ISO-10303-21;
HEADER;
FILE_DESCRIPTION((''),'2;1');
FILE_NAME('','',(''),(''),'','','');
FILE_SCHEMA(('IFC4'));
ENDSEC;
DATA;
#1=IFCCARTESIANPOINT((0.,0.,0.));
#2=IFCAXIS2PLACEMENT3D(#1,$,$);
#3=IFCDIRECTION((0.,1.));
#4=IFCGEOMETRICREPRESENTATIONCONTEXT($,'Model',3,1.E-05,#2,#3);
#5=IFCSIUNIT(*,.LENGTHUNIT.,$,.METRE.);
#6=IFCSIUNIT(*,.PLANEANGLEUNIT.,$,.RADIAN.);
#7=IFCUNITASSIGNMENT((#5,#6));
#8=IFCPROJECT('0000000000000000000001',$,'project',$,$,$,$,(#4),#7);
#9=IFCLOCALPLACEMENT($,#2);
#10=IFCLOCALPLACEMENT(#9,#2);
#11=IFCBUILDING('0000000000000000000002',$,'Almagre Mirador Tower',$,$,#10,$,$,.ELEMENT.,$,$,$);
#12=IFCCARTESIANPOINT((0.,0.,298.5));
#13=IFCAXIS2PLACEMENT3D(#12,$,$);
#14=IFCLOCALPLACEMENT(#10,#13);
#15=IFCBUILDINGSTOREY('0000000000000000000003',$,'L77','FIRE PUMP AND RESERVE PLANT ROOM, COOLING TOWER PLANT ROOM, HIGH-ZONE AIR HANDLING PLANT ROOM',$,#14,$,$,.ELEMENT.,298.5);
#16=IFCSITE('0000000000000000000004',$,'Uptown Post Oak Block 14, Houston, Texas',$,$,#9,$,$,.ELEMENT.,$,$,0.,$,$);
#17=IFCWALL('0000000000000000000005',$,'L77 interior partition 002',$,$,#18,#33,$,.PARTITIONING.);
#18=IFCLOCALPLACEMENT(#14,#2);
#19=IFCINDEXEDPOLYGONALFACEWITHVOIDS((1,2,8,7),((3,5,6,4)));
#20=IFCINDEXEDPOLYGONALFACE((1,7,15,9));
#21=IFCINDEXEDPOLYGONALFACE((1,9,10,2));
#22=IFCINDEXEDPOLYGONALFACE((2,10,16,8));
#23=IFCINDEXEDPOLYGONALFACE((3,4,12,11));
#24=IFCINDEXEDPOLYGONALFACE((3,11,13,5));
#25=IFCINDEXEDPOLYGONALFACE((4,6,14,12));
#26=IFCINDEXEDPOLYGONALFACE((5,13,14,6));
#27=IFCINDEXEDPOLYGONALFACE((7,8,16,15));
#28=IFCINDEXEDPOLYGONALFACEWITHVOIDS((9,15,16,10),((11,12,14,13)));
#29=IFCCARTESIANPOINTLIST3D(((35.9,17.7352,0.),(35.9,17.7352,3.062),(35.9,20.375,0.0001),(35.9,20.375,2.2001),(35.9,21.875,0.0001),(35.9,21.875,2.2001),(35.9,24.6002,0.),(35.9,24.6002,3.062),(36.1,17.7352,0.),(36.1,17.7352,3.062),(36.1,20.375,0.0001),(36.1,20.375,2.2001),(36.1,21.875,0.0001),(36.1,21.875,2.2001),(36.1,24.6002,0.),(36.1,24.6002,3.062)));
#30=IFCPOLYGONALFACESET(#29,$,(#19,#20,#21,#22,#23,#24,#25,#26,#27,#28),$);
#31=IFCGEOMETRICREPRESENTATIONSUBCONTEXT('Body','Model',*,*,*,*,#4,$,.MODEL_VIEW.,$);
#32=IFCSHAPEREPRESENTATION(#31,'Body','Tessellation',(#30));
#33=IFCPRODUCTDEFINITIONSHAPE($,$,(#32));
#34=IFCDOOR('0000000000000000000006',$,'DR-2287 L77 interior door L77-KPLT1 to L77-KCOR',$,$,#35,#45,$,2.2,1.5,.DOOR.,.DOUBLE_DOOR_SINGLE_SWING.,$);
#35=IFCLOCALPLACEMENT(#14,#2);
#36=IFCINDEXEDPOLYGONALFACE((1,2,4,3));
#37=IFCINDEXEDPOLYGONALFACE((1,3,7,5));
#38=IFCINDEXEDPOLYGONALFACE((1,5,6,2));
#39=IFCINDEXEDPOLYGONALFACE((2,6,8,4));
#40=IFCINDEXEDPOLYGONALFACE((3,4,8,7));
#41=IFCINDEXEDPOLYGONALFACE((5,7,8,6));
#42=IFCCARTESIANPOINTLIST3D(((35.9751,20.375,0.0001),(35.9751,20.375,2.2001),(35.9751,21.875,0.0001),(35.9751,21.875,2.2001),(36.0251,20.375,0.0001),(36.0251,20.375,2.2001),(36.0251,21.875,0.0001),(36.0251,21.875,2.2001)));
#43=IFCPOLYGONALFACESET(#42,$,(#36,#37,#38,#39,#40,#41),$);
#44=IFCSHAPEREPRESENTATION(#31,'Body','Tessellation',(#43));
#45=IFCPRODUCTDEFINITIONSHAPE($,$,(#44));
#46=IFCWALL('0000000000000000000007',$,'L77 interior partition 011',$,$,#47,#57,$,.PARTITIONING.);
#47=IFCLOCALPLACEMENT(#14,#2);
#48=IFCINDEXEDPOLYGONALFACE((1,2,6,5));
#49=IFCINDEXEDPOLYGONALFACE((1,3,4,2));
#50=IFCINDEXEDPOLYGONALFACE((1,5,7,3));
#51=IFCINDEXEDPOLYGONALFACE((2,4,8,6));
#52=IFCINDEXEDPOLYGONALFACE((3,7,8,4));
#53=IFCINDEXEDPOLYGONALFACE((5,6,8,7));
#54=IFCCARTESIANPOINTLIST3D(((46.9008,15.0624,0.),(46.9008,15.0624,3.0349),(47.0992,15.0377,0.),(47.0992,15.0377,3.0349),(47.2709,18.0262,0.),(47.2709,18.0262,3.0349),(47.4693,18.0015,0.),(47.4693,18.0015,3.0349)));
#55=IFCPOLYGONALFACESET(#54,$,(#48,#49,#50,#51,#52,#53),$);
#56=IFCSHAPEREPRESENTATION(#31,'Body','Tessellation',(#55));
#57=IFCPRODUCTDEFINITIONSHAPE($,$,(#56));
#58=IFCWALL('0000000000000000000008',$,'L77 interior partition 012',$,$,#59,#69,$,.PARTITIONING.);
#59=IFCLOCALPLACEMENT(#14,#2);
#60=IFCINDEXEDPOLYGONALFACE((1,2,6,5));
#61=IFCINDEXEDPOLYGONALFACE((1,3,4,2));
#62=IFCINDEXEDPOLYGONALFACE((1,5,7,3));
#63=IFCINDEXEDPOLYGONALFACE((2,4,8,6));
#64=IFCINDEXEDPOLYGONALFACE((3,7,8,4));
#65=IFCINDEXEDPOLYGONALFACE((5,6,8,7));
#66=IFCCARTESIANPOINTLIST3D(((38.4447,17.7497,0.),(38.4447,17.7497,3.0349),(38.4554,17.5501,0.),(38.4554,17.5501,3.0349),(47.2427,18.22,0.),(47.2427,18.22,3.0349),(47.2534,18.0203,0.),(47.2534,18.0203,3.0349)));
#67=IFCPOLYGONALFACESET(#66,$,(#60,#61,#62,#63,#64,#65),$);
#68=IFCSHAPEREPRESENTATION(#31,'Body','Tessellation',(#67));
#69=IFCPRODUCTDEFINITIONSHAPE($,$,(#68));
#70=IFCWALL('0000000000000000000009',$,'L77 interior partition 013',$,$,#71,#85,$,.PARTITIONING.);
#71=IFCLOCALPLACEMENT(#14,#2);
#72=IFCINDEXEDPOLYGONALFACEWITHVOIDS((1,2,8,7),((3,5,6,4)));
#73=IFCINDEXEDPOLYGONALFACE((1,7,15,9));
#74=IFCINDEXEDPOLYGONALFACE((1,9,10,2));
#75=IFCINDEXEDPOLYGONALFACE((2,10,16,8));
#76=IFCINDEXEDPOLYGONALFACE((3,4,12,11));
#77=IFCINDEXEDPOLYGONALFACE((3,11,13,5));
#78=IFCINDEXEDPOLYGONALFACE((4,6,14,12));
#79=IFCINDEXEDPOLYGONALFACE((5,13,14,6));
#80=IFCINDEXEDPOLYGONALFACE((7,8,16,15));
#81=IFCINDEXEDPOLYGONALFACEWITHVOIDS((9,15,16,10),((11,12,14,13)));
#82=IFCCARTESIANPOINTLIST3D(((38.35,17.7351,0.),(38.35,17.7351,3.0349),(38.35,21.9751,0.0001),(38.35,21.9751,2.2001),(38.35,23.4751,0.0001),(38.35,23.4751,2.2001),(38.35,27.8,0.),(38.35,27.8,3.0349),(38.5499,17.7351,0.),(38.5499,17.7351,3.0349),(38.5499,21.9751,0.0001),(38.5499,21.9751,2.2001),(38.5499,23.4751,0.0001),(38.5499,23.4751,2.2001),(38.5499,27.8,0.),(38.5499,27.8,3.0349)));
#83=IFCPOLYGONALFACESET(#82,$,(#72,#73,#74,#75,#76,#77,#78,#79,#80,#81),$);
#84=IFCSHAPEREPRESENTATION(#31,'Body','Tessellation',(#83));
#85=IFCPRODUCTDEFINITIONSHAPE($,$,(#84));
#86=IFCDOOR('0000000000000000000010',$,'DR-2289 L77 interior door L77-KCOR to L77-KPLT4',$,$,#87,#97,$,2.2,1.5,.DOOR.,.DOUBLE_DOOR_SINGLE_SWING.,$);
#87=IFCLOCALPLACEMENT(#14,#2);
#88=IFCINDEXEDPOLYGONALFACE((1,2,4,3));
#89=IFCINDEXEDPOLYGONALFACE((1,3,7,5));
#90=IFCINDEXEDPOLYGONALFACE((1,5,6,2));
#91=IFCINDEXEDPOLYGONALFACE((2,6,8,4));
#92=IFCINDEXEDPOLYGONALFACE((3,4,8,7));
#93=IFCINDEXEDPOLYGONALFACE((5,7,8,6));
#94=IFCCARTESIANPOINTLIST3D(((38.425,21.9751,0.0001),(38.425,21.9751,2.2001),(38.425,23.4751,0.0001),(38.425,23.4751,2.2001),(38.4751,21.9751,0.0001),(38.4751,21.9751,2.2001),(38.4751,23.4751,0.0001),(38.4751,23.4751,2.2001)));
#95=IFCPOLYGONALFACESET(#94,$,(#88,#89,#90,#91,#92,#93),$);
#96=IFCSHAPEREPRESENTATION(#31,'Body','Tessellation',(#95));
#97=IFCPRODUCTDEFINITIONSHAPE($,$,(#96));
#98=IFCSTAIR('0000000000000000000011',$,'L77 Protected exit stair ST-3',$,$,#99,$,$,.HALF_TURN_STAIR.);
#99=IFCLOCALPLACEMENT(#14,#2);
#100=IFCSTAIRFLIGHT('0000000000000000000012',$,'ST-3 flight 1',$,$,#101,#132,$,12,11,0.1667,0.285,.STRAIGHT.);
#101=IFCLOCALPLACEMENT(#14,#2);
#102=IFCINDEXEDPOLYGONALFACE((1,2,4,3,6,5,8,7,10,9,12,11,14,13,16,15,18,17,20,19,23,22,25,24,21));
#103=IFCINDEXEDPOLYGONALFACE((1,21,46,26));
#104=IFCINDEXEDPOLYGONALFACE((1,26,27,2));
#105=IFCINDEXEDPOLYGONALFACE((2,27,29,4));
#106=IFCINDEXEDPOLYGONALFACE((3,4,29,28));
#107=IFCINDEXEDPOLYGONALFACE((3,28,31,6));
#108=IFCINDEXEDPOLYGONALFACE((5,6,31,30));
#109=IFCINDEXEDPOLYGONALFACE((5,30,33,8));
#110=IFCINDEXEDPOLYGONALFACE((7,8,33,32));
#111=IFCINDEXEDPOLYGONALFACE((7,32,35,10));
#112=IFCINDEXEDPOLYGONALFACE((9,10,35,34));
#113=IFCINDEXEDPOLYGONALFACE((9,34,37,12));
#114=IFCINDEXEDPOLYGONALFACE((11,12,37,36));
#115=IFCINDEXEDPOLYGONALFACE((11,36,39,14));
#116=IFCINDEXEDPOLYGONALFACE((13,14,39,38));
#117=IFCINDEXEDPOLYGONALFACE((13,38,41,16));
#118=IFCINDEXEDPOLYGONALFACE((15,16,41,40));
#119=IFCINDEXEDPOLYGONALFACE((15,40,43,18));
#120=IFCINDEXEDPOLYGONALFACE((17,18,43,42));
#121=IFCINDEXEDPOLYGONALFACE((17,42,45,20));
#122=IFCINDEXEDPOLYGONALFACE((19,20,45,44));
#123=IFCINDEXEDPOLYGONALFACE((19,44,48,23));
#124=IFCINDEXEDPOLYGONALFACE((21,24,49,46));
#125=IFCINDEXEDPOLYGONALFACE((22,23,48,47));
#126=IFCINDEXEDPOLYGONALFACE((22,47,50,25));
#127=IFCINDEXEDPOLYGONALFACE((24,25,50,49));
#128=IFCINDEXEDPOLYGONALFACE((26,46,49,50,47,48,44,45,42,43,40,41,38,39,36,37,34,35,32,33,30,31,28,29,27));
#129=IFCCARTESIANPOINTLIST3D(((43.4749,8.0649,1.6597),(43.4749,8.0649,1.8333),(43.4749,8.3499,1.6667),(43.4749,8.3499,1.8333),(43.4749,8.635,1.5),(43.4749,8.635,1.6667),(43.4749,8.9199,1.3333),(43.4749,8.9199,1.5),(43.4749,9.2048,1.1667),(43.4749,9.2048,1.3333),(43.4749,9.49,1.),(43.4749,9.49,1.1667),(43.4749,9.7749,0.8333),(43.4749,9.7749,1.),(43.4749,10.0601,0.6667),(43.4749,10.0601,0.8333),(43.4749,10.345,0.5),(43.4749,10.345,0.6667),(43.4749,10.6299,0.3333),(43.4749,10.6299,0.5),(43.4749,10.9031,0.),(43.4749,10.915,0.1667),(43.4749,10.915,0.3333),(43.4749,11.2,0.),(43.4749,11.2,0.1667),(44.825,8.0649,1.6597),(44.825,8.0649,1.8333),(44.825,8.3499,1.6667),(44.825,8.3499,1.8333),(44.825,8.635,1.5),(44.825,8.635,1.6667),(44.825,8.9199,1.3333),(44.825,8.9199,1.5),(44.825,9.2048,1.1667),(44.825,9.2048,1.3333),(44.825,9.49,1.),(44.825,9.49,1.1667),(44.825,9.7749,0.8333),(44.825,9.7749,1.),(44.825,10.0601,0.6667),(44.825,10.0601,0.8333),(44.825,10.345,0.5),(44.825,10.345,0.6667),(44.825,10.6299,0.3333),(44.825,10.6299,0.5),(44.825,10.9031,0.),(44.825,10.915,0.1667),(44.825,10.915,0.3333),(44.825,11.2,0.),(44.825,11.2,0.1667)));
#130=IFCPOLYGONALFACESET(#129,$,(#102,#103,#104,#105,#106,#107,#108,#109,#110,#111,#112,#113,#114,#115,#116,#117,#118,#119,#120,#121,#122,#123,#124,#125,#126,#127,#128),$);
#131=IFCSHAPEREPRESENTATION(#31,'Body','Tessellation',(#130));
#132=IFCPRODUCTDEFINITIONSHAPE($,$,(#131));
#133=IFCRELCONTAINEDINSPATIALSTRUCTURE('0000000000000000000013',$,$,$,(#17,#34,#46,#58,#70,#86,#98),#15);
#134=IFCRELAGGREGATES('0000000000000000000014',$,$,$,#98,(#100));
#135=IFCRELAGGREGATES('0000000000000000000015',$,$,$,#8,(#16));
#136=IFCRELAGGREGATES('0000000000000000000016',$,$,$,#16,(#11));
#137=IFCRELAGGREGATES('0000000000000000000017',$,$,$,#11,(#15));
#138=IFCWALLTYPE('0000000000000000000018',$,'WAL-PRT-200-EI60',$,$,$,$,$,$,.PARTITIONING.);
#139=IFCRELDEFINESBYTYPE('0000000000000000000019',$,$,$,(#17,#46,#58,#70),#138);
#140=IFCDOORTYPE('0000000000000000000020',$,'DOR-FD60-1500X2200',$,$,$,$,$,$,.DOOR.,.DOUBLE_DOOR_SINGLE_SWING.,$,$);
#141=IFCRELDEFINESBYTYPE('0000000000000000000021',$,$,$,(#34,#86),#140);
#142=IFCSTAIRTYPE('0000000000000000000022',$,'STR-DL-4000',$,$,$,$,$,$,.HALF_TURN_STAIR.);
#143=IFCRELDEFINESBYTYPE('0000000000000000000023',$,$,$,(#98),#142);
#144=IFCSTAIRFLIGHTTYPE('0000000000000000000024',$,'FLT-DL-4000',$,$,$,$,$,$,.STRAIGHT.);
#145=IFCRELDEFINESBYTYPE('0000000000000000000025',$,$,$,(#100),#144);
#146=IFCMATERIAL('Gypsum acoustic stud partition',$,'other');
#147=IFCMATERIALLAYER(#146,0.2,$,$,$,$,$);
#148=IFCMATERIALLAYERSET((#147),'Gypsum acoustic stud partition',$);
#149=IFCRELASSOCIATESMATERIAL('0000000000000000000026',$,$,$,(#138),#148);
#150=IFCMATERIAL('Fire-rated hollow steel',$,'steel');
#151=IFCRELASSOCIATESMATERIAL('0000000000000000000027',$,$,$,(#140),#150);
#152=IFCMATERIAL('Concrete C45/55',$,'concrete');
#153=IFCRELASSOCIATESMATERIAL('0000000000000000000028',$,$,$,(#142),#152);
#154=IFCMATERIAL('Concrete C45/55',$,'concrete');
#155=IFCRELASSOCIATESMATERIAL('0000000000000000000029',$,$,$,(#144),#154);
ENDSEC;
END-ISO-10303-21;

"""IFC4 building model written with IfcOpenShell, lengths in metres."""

from ifc_helpers import new_model, si_unit, direction, frame, frame_2d, origin, place, context, subcontext, project, spatial, polyline, rectangle, outline, extrude, material, layer, layer_set, type_object, element, fill, aggregate, save


model = new_model("IFC4")

# Units and contexts
model_context = context("Model", 3, precision=1e-05, world=origin(), true_north=direction((0.0, 1.0)))
body_context = subcontext(model_context, "Body", "Model", "MODEL_VIEW")
ifc_project = project(units=[si_unit("LENGTHUNIT", "METRE"), si_unit("PLANEANGLEUNIT", "RADIAN")], contexts=[model_context])

# Site, building, storey
site_placement = place(None, origin())
site = spatial("IfcSite", under=ifc_project, at=site_placement, Name="Uptown Post Oak Block 14, Houston, Texas", CompositionType="ELEMENT", RefElevation=0.0)
building_placement = place(site_placement, origin())
building = spatial("IfcBuilding", under=site, at=building_placement, Name="Almagre Mirador Tower", CompositionType="ELEMENT")
storey_placement = place(building_placement, frame((0.0, 0.0, 298.5)))
storey = spatial("IfcBuildingStorey", under=building, at=storey_placement, Name="L77", Description="FIRE PUMP AND RESERVE PLANT ROOM, COOLING TOWER PLANT ROOM, HIGH-ZONE AIR HANDLING PLANT ROOM", CompositionType="ELEMENT", Elevation=298.5)

# Wall, opening, door
ifc_material_1 = material(Name="Gypsum acoustic stud partition", Category="other")
ifc_layer_1 = layer(ifc_material_1, 0.2)
ifc_layer_set_1 = layer_set([ifc_layer_1], Name="Gypsum acoustic stud partition")
wall_type_1 = type_object("IfcWallType", Name="WAL-PRT-200-EI60", PredefinedType="PARTITIONING", material=ifc_layer_set_1)
wall_1_placement = place(storey_placement, frame((36.0, 17.7351, 0.0), z_axis=(0.0, 0.0, 1.0), x_axis=(0.0, 1.0, 0.0)))
wall_1 = element("IfcWall", 1, at=wall_1_placement, inside=storey, type_object=wall_type_1, Name="L77 interior partition 002", PredefinedType="PARTITIONING", context=body_context, shape_type="SweptSolid", body=[
    extrude(rectangle(XDim=6.865, YDim=0.2, at=frame_2d((3.4326, 0.0))), origin(), (0.0, 0.0, 1.0), 3.062),
])
opening_1_placement = place(wall_1_placement, frame((2.6399, 0.0, 0.0)))
opening_1 = element("IfcOpeningElement", 2, at=opening_1_placement, cuts=wall_1, PredefinedType="OPENING", context=body_context, shape_type="SweptSolid", body=[
    extrude(rectangle(XDim=1.5, YDim=2.2, at=frame_2d((0.75, 1.1001))), frame((0.0, 0.1101, 0.0), z_axis=(0.0, -1.0, 0.0), x_axis=(1.0, 0.0, 0.0)), (0.0, 0.0, 1.0), 0.22),
])
ifc_material_2 = material(Name="Fire-rated hollow steel", Category="steel")
door_type = type_object("IfcDoorType", Name="DOR-FD60-1500X2200", OperationType="DOUBLE_DOOR_SINGLE_SWING", PredefinedType="DOOR", material=ifc_material_2)
door_1_placement = place(opening_1_placement, origin())
door_1 = element("IfcDoor", 3, at=door_1_placement, inside=storey, type_object=door_type, Name="DR-2287 L77 interior door L77-KPLT1 to L77-KCOR", OperationType="DOUBLE_DOOR_SINGLE_SWING", OverallHeight=2.2, OverallWidth=1.5, PredefinedType="DOOR", context=body_context, shape_type="SweptSolid", body=[
    extrude(rectangle(XDim=1.5, YDim=2.2, at=frame_2d((0.75, 1.1001))), frame((0.0, 0.0249, 0.0), z_axis=(0.0, -1.0, 0.0), x_axis=(1.0, 0.0, 0.0)), (0.0, 0.0, 1.0), 0.05),
])
fill(opening_1, door_1)

# Walls
wall_2_placement = place(storey_placement, frame((47.0, 15.05, 0.0), z_axis=(0.0, 0.0, 1.0), x_axis=(0.123914, 0.992293, 0.0)))
element("IfcWall", 4, at=wall_2_placement, inside=storey, type_object=wall_type_1, Name="L77 interior partition 011", PredefinedType="PARTITIONING", context=body_context, shape_type="SweptSolid", body=[
    extrude(rectangle(XDim=2.9868, YDim=0.2, at=frame_2d((1.4934, 0.0))), origin(), (0.0, 0.0, 1.0), 3.0349),
])
wall_3_placement = place(storey_placement, frame((47.248, 18.1201, 0.0), z_axis=(0.0, 0.0, 1.0), x_axis=(-0.998575, -0.053369, 0.0)))
element("IfcWall", 5, at=wall_3_placement, inside=storey, type_object=wall_type_1, Name="L77 interior partition 012", PredefinedType="PARTITIONING", context=body_context, shape_type="SweptSolid", body=[
    extrude(rectangle(XDim=8.8105, YDim=0.2, at=frame_2d((4.4053, 0.0))), origin(), (0.0, 0.0, 1.0), 3.0349),
])

# Wall, opening, door
wall_4_placement = place(storey_placement, frame((38.45, 17.7351, 0.0), z_axis=(0.0, 0.0, 1.0), x_axis=(0.0, 1.0, 0.0)))
wall_4 = element("IfcWall", 6, at=wall_4_placement, inside=storey, type_object=wall_type_1, Name="L77 interior partition 013", PredefinedType="PARTITIONING", context=body_context, shape_type="SweptSolid", body=[
    extrude(rectangle(XDim=10.0649, YDim=0.2, at=frame_2d((5.0325, 0.0))), origin(), (0.0, 0.0, 1.0), 3.0349),
])
opening_2_placement = place(wall_4_placement, frame((4.24, 0.0, 0.0)))
opening_2 = element("IfcOpeningElement", 7, at=opening_2_placement, cuts=wall_4, PredefinedType="OPENING", context=body_context, shape_type="SweptSolid", body=[
    extrude(rectangle(XDim=1.5, YDim=2.2, at=frame_2d((0.75, 1.1001))), frame((0.0, 0.1101, 0.0), z_axis=(0.0, -1.0, 0.0), x_axis=(1.0, 0.0, 0.0)), (0.0, 0.0, 1.0), 0.22),
])
door_2_placement = place(opening_2_placement, origin())
door_2 = element("IfcDoor", 8, at=door_2_placement, inside=storey, type_object=door_type, Name="DR-2289 L77 interior door L77-KCOR to L77-KPLT4", OperationType="DOUBLE_DOOR_SINGLE_SWING", OverallHeight=2.2, OverallWidth=1.5, PredefinedType="DOOR", context=body_context, shape_type="SweptSolid", body=[
    extrude(rectangle(XDim=1.5, YDim=2.2, at=frame_2d((0.75, 1.1001))), frame((0.0, 0.0249, 0.0), z_axis=(0.0, -1.0, 0.0), x_axis=(1.0, 0.0, 0.0)), (0.0, 0.0, 1.0), 0.05),
])
fill(opening_2, door_2)

# Stair, stair flight
ifc_material_3 = material(Name="Concrete C45/55", Category="concrete")
stair_type = type_object("IfcStairType", Name="STR-DL-4000", PredefinedType="HALF_TURN_STAIR", material=ifc_material_3)
stair_placement = place(storey_placement, origin())
stair = element("IfcStair", 9, at=stair_placement, inside=storey, type_object=stair_type, Name="L77 Protected exit stair ST-3", PredefinedType="HALF_TURN_STAIR")
ifc_material_4 = material(Name="Concrete C45/55", Category="concrete")
stair_flight_type = type_object("IfcStairFlightType", Name="FLT-DL-4000", PredefinedType="STRAIGHT", material=ifc_material_4)
stair_flight_placement = place(storey_placement, frame((44.1499, 11.2, 0.0), z_axis=(0.0, 0.0, 1.0), x_axis=(0.0, -1.0, 0.0)))
stair_flight = element("IfcStairFlight", 10, at=stair_flight_placement, type_object=stair_flight_type, Name="ST-3 flight 1", NumberOfRisers=12, NumberOfTreads=11, PredefinedType="STRAIGHT", RiserHeight=0.1667, TreadLength=0.285, context=body_context, shape_type="SweptSolid", body=[
    extrude(outline(polyline([(0.0, 0.0), (0.0, 0.1667), (0.2849, 0.1667), (0.2849, 0.3333), (0.5701, 0.3333), (0.5701, 0.5), (0.855, 0.5), (0.855, 0.6667), (1.1399, 0.6667), (1.1399, 0.8333), (1.425, 0.8333), (1.425, 1.0), (1.71, 1.0), (1.71, 1.1667), (1.9951, 1.1667), (1.9951, 1.3333), (2.28, 1.3333), (2.28, 1.5), (2.5649, 1.5), (2.5649, 1.6667), (2.8501, 1.6667), (2.8501, 1.8333), (3.135, 1.8333), (3.135, 2.0), (3.135, 1.6597), (0.2969, 0.0), (0.0, 0.0)])), frame((0.0, 0.675, 0.0), z_axis=(0.0, -1.0, 0.0), x_axis=(1.0, 0.0, 0.0)), (0.0, 0.0, 1.0), 1.3501),
])
aggregate(stair, [stair_flight])

save(model, "model.ifc")
